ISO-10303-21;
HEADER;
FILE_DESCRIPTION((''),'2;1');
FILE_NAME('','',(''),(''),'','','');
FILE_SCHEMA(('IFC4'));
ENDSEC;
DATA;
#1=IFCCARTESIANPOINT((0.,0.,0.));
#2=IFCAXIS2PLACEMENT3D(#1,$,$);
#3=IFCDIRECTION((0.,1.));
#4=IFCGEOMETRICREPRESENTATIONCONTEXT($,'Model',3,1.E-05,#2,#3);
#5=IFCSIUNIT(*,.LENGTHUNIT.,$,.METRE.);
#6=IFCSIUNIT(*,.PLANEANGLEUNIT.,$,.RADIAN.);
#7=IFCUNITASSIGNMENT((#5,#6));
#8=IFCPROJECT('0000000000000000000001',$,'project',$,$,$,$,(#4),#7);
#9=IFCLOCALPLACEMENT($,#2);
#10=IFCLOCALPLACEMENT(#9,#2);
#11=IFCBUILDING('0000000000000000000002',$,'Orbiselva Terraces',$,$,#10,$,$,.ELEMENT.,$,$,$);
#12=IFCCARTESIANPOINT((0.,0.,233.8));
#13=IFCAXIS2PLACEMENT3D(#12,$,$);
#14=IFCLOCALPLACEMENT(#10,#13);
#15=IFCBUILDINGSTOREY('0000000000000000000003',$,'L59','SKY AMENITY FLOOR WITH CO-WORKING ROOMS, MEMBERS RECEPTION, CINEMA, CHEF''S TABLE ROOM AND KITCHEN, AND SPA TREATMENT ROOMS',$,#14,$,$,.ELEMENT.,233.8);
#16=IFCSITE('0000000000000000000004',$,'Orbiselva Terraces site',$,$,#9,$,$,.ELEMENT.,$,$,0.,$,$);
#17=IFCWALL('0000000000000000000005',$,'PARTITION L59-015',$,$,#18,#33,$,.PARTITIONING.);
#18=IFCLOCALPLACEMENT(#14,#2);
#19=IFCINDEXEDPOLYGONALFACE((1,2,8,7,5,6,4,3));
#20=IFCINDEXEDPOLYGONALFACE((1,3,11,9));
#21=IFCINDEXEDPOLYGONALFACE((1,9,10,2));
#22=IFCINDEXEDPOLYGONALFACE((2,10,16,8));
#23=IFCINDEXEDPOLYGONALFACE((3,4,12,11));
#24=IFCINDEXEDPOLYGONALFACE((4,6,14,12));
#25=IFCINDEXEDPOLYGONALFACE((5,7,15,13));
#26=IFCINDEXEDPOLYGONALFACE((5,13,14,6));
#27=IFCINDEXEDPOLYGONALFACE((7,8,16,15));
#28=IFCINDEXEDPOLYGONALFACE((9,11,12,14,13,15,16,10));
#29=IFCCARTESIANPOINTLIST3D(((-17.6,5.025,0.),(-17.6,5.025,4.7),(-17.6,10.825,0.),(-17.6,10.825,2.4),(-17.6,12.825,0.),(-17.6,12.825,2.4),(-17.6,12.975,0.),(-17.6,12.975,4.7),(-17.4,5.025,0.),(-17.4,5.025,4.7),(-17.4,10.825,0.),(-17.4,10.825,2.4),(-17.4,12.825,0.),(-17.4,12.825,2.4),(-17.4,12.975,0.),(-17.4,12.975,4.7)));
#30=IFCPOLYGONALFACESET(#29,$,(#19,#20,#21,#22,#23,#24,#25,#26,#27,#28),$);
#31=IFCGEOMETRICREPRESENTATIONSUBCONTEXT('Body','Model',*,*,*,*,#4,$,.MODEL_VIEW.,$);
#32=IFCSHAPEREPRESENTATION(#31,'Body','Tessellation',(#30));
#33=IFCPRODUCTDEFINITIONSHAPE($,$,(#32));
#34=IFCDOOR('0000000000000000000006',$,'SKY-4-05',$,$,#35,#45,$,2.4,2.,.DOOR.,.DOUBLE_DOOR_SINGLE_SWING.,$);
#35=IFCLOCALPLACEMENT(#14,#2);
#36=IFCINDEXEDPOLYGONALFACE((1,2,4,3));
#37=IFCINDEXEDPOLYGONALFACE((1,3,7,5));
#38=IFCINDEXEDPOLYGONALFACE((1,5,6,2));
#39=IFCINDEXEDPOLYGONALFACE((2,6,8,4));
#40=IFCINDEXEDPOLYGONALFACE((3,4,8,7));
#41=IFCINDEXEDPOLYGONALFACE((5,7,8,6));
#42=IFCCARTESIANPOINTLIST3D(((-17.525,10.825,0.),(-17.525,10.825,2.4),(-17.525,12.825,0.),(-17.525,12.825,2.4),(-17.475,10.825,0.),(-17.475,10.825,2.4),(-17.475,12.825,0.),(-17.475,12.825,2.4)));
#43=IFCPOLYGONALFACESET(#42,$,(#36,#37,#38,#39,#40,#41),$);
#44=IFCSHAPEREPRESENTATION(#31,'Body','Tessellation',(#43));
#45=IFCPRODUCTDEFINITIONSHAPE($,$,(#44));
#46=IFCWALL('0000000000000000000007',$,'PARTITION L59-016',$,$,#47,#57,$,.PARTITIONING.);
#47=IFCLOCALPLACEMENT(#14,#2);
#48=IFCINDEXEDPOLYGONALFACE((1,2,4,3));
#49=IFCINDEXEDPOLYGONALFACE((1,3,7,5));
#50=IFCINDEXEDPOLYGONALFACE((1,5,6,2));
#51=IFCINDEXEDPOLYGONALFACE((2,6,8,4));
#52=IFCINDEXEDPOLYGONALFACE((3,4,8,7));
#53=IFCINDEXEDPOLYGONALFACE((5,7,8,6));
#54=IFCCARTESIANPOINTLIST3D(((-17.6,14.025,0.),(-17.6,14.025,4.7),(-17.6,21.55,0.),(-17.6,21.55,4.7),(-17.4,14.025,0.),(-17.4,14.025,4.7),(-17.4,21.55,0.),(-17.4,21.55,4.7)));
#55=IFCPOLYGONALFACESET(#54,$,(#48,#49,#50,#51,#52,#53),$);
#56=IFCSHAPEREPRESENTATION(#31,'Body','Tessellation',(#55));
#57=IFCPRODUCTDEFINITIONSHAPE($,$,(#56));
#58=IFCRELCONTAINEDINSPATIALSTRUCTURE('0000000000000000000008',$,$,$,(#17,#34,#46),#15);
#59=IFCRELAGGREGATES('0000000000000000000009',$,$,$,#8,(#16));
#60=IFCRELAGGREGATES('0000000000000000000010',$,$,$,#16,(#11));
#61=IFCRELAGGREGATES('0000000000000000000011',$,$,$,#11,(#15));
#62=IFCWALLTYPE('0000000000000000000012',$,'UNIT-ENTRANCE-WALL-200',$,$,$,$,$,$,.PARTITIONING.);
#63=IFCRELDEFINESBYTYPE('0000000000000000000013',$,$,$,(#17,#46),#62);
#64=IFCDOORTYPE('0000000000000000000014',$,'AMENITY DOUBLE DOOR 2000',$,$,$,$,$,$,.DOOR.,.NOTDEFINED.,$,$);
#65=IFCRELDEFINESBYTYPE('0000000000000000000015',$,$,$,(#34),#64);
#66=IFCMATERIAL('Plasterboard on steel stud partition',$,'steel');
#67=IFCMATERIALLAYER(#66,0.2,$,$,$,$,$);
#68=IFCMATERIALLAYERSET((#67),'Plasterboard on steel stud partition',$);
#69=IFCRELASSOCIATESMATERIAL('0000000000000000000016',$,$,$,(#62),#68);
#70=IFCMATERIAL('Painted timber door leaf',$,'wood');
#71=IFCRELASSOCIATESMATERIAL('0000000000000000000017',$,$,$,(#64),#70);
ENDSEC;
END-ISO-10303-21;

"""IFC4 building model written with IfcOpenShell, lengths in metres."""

from ifc_helpers import new_model, si_unit, direction, frame, frame_2d, origin, place, context, subcontext, project, spatial, rectangle, extrude, material, layer, layer_set, type_object, element, fill, save


model = new_model("IFC4")

# Units and contexts
model_context = context("Model", 3, precision=1e-05, world=origin(), true_north=direction((0.0, 1.0)))
body_context = subcontext(model_context, "Body", "Model", "MODEL_VIEW")
ifc_project = project(units=[si_unit("LENGTHUNIT", "METRE"), si_unit("PLANEANGLEUNIT", "RADIAN")], contexts=[model_context])

# Site, building, storey
site_placement = place(None, origin())
site = spatial("IfcSite", under=ifc_project, at=site_placement, Name="Orbiselva Terraces site", CompositionType="ELEMENT", RefElevation=0.0)
building_placement = place(site_placement, origin())
building = spatial("IfcBuilding", under=site, at=building_placement, Name="Orbiselva Terraces", CompositionType="ELEMENT")
storey_placement = place(building_placement, frame((0.0, 0.0, 233.8)))
storey = spatial("IfcBuildingStorey", under=building, at=storey_placement, Name="L59", Description="SKY AMENITY FLOOR WITH CO-WORKING ROOMS, MEMBERS RECEPTION, CINEMA, CHEF'S TABLE ROOM AND KITCHEN, AND SPA TREATMENT ROOMS", CompositionType="ELEMENT", Elevation=233.8)

# Wall, opening, door
ifc_material_1 = material(Name="Plasterboard on steel stud partition", Category="steel")
ifc_layer_1 = layer(ifc_material_1, 0.2)
ifc_layer_set_1 = layer_set([ifc_layer_1], Name="Plasterboard on steel stud partition")
wall_type_1 = type_object("IfcWallType", Name="UNIT-ENTRANCE-WALL-200", PredefinedType="PARTITIONING", material=ifc_layer_set_1)
wall_1_placement = place(storey_placement, frame((-17.5, 12.975, 0.0), z_axis=(0.0, 0.0, 1.0), x_axis=(0.0, -1.0, 0.0)))
wall_1 = element("IfcWall", 1, at=wall_1_placement, inside=storey, type_object=wall_type_1, Name="PARTITION L59-015", PredefinedType="PARTITIONING", context=body_context, shape_type="SweptSolid", body=[
    extrude(rectangle(XDim=7.95, YDim=0.2, at=frame_2d((3.975, 0.0))), origin(), (0.0, 0.0, 1.0), 4.7),
])
opening_1_placement = place(wall_1_placement, frame((0.15, 0.0, 0.0)))
opening_1 = element("IfcOpeningElement", 2, at=opening_1_placement, cuts=wall_1, PredefinedType="OPENING", context=body_context, shape_type="SweptSolid", body=[
    extrude(rectangle(XDim=2.0, YDim=2.4, at=frame_2d((1.0, 1.2))), frame((0.0, 0.11, 0.0), z_axis=(0.0, -1.0, 0.0), x_axis=(1.0, 0.0, 0.0)), (0.0, 0.0, 1.0), 0.22),
])
ifc_material_2 = material(Name="Painted timber door leaf", Category="wood")
door_type_1 = type_object("IfcDoorType", Name="AMENITY DOUBLE DOOR 2000", OperationType="NOTDEFINED", PredefinedType="DOOR", material=ifc_material_2)
door_1_placement = place(opening_1_placement, origin())
door_1 = element("IfcDoor", 3, at=door_1_placement, inside=storey, type_object=door_type_1, Name="SKY-4-05", OperationType="DOUBLE_DOOR_SINGLE_SWING", OverallHeight=2.4, OverallWidth=2.0, PredefinedType="DOOR", context=body_context, shape_type="SweptSolid", body=[
    extrude(rectangle(XDim=2.0, YDim=2.4, at=frame_2d((1.0, 1.2))), frame((0.0, 0.025, 0.0), z_axis=(0.0, -1.0, 0.0), x_axis=(1.0, 0.0, 0.0)), (0.0, 0.0, 1.0), 0.05),
])
fill(opening_1, door_1)

# Wall
wall_2_placement = place(storey_placement, frame((-17.5, 14.025, 0.0), z_axis=(0.0, 0.0, 1.0), x_axis=(0.0, 1.0, 0.0)))
element("IfcWall", 4, at=wall_2_placement, inside=storey, type_object=wall_type_1, Name="PARTITION L59-016", PredefinedType="PARTITIONING", context=body_context, shape_type="SweptSolid", body=[
    extrude(rectangle(XDim=7.525, YDim=0.2, at=frame_2d((3.7625, 0.0))), origin(), (0.0, 0.0, 1.0), 4.7),
])

save(model, "model.ifc")
